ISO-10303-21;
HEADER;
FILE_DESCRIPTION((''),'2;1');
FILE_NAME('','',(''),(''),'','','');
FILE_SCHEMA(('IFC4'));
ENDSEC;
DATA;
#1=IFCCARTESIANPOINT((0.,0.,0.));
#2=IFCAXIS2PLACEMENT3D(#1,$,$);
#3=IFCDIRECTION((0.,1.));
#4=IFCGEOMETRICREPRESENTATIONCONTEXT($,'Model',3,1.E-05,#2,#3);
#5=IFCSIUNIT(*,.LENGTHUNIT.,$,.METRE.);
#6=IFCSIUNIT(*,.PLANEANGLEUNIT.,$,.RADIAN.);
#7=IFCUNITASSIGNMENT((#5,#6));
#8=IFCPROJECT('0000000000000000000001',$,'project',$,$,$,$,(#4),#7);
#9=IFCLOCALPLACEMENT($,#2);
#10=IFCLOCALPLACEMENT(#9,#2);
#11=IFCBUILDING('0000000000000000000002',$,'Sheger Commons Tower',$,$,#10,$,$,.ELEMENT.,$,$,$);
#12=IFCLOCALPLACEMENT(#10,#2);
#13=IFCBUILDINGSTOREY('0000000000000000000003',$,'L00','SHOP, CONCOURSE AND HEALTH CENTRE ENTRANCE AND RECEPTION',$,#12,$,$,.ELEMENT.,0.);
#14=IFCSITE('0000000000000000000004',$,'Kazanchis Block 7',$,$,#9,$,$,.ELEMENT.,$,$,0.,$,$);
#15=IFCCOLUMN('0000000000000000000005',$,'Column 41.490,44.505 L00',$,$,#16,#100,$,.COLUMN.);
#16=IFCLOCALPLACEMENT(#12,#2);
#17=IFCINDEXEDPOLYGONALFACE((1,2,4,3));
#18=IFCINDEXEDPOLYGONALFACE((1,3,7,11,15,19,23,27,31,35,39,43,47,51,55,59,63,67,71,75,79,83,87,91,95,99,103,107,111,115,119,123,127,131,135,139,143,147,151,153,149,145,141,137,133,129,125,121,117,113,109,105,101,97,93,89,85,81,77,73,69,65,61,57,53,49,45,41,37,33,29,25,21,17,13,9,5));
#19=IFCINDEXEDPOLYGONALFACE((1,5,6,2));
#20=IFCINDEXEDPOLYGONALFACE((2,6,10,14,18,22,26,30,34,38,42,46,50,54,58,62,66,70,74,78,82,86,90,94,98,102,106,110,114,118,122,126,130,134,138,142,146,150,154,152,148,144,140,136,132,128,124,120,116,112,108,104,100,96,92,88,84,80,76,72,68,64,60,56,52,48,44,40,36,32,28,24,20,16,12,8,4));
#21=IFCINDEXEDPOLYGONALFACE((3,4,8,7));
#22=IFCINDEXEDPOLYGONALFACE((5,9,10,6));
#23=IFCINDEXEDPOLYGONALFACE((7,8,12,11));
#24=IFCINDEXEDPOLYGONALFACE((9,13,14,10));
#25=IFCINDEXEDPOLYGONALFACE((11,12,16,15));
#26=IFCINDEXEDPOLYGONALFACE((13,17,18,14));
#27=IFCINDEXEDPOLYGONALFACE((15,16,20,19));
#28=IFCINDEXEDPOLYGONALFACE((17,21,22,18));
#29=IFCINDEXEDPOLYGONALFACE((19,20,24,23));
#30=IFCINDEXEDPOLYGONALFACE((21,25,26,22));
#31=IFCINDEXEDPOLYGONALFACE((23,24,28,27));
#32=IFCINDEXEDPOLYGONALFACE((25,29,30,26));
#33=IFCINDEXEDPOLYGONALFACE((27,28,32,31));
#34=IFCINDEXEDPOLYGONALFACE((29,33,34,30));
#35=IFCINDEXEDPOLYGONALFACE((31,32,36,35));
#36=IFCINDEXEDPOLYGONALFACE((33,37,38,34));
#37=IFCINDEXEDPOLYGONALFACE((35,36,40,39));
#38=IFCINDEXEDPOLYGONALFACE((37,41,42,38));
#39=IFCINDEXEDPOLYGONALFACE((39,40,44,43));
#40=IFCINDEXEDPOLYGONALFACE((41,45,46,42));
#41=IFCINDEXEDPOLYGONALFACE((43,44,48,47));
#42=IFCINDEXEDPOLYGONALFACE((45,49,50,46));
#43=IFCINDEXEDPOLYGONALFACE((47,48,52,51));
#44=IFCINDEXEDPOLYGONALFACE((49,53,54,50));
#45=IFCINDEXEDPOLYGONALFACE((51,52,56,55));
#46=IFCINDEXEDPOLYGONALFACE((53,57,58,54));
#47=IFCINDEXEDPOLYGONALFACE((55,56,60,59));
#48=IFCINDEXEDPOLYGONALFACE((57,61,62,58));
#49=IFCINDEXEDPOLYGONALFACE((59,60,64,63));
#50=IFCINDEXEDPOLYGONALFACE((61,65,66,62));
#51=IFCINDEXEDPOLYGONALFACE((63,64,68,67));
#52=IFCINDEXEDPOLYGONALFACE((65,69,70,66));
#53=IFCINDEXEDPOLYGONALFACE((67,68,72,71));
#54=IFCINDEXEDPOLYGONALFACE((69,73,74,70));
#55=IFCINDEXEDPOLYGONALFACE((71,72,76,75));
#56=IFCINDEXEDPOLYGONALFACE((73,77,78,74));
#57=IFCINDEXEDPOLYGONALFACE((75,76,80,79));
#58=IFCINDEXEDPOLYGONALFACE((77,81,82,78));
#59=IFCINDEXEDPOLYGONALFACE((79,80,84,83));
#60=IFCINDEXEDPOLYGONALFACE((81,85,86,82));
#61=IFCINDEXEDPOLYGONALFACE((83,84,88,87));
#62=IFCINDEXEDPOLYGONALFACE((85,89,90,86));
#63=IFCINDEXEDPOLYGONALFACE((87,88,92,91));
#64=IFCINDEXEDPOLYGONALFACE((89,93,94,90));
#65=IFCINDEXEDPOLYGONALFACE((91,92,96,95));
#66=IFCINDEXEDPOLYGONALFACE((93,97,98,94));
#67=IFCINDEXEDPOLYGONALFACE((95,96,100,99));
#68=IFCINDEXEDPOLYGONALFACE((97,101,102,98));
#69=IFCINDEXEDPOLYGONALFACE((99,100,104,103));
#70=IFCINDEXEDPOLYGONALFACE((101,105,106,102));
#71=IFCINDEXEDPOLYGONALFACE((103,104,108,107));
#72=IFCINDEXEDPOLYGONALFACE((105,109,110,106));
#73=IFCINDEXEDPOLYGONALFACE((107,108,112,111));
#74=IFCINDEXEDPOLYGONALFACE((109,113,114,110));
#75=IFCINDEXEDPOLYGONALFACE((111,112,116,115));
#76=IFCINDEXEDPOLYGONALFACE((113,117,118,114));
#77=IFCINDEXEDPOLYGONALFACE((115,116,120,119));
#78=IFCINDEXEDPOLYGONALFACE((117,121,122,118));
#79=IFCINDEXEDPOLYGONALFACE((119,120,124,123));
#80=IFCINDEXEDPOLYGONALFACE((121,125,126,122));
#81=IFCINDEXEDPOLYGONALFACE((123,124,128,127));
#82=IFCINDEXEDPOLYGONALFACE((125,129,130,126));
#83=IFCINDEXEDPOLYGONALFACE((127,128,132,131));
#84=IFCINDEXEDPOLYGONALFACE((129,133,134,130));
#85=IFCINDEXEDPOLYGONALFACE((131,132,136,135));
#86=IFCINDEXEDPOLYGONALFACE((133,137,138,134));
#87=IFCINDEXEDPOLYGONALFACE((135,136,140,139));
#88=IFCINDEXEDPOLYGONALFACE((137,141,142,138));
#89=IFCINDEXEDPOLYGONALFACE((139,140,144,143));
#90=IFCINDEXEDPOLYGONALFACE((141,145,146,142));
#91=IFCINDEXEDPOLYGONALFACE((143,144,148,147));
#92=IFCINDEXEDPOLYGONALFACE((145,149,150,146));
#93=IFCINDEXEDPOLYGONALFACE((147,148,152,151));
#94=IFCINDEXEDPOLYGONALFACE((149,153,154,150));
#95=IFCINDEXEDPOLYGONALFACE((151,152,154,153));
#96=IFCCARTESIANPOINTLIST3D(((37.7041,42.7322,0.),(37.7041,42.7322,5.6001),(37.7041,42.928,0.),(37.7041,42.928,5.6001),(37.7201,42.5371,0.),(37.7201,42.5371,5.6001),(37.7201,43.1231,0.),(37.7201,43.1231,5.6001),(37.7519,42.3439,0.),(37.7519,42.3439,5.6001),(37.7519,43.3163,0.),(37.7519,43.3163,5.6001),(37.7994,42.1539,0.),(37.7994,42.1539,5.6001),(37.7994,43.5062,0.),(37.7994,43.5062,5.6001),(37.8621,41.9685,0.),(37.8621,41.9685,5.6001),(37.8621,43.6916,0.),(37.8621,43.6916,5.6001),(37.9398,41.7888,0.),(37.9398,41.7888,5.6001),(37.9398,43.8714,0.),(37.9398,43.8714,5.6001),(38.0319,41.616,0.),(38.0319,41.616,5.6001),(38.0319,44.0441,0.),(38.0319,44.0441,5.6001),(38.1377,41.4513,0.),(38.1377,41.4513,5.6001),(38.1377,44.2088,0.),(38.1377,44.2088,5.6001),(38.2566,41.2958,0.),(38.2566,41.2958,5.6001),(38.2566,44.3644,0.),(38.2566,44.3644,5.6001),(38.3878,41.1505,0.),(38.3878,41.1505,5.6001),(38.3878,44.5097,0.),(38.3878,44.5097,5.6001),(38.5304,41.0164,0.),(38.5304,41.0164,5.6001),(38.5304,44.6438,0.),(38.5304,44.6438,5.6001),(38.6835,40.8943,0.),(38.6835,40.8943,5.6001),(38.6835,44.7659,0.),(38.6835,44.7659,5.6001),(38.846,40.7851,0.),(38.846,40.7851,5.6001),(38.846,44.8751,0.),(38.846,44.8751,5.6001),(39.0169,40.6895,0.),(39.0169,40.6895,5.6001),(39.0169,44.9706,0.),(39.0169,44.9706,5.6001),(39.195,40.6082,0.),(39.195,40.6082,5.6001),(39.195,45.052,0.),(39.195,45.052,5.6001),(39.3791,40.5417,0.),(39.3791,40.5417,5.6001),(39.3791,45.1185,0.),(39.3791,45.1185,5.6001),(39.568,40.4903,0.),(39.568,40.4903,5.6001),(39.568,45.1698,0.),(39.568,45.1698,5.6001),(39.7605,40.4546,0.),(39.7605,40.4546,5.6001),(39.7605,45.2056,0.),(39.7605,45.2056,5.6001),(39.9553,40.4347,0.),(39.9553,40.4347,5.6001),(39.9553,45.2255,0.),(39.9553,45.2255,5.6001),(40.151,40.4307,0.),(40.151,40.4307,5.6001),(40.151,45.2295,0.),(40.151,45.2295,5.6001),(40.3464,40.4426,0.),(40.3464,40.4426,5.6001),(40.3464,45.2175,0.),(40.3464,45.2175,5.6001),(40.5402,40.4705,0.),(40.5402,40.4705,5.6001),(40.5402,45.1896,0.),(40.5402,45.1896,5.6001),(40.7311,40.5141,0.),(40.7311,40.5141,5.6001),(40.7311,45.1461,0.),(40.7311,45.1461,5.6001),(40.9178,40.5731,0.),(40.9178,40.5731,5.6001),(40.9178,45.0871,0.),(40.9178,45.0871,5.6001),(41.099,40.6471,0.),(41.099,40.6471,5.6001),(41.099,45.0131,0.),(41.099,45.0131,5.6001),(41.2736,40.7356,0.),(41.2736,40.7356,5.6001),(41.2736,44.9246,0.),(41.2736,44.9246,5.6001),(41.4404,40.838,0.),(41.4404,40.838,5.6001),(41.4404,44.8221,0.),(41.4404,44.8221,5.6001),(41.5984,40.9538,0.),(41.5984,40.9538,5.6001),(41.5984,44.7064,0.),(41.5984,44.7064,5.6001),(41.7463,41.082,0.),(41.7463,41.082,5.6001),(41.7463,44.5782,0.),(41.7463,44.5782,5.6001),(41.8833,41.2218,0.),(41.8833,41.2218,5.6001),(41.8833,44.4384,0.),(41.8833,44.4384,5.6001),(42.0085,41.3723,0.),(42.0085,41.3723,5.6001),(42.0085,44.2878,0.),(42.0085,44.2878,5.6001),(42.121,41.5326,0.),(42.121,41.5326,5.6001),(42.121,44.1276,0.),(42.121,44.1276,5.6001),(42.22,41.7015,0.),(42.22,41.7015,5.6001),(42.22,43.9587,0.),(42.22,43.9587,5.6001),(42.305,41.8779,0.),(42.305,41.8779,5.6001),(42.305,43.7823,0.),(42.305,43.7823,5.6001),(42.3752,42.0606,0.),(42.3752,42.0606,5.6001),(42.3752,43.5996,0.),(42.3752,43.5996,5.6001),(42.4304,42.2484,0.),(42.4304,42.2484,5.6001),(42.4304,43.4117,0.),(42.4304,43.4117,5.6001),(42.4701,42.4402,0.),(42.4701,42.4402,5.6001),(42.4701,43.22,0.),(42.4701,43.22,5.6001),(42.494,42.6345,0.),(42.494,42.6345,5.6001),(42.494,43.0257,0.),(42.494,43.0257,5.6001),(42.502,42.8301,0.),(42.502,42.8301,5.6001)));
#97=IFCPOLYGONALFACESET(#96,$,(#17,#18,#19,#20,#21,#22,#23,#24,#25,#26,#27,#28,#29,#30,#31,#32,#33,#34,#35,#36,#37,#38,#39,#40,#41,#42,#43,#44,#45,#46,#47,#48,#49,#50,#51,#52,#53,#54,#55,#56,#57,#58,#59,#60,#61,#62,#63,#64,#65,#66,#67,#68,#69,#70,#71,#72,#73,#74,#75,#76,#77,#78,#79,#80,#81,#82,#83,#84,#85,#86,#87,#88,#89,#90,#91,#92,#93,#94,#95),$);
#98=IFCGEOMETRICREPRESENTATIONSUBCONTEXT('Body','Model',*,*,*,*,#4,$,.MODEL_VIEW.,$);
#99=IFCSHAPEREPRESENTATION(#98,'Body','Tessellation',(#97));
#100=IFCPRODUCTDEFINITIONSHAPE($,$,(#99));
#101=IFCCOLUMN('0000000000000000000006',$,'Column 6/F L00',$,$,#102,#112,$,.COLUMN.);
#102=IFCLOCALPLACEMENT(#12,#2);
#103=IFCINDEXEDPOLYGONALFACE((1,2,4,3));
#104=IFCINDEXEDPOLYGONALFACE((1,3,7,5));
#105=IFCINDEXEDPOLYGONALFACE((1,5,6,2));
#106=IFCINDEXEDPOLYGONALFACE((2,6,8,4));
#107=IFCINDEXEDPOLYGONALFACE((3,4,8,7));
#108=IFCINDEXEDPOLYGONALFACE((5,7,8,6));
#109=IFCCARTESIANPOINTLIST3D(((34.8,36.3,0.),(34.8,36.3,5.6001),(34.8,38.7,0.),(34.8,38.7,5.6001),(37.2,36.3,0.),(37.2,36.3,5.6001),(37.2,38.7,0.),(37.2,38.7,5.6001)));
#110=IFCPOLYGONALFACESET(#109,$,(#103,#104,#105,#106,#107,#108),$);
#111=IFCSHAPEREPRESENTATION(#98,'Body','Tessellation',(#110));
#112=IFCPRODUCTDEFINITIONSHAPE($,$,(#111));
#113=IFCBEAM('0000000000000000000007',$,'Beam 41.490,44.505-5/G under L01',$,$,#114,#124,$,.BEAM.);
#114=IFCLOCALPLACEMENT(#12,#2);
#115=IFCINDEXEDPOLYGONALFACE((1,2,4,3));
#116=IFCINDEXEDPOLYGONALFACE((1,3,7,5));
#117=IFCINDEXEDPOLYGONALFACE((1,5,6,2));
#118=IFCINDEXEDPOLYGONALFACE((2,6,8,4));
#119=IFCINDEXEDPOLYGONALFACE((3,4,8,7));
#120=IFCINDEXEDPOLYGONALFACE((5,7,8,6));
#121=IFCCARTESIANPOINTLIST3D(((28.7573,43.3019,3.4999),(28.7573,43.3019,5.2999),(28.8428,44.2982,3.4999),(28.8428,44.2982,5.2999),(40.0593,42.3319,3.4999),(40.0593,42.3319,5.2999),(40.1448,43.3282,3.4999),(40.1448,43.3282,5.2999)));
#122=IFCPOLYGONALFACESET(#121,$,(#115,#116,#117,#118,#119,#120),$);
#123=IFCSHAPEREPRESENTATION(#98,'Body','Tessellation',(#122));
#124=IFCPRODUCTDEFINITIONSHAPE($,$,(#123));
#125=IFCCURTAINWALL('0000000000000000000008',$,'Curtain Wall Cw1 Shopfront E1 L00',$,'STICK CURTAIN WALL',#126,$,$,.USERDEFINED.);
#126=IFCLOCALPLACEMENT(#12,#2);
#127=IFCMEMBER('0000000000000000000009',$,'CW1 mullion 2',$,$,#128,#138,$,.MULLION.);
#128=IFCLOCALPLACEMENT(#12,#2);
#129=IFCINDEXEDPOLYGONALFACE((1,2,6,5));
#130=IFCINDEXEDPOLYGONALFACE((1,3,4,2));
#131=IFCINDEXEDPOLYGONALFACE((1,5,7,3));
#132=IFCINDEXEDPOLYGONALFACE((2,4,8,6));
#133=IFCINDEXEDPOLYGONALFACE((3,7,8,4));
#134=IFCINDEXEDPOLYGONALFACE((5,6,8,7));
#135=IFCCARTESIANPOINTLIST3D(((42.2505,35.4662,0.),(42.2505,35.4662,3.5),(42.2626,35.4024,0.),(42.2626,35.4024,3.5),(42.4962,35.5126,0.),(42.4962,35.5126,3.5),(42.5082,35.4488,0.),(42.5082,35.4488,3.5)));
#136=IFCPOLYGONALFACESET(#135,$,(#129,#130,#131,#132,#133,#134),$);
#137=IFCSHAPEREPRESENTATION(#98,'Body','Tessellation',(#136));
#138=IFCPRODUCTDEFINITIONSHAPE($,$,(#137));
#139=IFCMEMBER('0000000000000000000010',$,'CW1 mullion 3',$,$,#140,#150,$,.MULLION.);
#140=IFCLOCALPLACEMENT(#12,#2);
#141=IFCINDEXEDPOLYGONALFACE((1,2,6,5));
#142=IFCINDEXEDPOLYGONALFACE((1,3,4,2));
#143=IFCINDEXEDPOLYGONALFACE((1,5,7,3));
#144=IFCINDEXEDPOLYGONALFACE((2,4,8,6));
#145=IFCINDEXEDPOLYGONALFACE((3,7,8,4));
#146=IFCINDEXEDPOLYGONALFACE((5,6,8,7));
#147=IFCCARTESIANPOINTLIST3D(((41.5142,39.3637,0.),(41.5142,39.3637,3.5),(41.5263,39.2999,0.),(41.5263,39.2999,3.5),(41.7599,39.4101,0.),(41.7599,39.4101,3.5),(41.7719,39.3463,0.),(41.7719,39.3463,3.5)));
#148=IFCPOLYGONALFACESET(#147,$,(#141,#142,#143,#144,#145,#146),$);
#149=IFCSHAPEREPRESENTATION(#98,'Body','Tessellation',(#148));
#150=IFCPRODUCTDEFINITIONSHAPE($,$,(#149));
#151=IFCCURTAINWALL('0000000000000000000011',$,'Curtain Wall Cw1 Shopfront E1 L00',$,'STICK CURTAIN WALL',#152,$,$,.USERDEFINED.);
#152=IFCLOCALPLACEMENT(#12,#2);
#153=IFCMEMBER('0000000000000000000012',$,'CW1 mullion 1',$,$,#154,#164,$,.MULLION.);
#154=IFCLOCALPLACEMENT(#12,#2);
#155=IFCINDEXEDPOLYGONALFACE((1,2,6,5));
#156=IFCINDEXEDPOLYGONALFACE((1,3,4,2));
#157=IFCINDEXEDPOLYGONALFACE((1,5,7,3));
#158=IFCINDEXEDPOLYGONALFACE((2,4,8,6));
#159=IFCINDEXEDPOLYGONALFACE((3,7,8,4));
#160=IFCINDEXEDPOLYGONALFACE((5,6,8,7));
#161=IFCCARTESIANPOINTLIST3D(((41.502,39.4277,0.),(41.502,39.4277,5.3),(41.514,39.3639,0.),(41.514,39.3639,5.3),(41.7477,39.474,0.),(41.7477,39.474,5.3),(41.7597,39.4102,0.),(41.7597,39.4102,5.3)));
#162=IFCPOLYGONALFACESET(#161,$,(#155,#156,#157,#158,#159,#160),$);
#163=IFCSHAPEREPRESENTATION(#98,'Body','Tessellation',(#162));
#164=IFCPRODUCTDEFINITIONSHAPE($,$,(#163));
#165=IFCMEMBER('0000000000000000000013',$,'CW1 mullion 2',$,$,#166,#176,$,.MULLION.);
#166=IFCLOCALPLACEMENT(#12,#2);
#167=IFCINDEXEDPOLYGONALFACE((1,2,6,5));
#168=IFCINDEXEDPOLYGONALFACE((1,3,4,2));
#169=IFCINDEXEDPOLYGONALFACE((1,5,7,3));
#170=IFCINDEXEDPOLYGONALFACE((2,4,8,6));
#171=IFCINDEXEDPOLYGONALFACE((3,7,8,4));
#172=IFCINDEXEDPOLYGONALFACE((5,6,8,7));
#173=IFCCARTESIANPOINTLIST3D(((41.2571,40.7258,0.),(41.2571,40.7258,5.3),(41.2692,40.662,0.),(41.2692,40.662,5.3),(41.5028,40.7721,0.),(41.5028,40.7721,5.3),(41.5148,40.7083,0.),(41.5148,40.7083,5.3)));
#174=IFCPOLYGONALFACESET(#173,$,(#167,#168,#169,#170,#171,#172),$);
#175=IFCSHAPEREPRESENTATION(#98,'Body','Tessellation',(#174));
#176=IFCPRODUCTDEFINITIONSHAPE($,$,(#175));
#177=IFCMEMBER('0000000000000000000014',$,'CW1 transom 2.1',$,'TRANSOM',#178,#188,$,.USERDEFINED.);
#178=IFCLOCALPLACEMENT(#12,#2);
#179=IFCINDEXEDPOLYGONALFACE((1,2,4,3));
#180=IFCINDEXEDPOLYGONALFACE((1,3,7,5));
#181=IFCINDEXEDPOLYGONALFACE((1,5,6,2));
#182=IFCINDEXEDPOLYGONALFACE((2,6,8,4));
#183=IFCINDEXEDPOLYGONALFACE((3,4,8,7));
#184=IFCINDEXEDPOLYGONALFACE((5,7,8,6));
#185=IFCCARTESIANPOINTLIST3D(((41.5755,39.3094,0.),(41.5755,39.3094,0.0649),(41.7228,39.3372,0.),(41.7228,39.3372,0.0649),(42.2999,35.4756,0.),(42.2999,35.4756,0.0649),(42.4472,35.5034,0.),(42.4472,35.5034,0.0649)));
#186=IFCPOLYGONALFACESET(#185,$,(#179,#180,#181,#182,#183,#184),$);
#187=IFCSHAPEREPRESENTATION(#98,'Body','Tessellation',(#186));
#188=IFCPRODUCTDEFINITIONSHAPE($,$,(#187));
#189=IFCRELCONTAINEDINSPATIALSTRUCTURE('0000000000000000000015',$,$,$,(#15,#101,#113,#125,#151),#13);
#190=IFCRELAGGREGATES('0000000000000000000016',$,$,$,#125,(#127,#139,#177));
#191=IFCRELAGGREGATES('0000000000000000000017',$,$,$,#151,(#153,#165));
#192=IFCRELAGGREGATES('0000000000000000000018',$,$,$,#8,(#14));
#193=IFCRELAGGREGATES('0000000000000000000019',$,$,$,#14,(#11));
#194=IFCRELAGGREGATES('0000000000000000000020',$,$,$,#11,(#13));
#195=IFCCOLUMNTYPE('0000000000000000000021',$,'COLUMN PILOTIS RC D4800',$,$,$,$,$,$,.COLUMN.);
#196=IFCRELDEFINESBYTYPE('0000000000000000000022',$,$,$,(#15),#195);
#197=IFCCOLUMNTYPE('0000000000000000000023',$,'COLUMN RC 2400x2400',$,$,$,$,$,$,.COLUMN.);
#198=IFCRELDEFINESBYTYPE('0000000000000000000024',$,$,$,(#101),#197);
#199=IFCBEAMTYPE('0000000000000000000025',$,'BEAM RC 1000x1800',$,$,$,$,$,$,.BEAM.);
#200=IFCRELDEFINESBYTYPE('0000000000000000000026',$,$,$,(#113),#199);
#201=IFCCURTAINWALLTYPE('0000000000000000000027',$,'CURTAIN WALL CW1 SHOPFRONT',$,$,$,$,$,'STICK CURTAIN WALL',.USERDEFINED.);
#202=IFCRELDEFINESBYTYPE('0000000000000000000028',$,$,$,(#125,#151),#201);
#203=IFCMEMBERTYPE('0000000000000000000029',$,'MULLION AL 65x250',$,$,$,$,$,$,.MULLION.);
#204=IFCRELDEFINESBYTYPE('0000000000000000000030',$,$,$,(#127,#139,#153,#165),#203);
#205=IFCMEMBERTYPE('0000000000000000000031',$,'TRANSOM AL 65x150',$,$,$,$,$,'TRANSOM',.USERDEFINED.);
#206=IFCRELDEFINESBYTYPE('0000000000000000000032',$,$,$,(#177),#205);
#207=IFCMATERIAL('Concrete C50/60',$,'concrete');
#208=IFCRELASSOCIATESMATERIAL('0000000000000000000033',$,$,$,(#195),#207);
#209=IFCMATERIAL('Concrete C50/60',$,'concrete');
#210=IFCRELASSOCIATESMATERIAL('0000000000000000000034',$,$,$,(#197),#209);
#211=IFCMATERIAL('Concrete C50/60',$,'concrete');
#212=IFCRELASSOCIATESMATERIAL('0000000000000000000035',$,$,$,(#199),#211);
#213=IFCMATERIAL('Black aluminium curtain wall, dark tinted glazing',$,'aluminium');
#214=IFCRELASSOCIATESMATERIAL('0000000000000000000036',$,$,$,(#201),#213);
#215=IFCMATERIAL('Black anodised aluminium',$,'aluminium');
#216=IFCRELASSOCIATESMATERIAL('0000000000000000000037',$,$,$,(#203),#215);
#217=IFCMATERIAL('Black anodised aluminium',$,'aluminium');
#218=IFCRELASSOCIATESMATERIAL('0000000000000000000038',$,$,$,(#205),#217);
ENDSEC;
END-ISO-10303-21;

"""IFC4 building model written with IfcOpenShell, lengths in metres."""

from ifc_helpers import new_model, si_unit, direction, frame, origin, origin_2d, place, context, subcontext, project, spatial, rectangle, circle, extrude, material, material_profile, profile_set, type_object, element, aggregate, save


model = new_model("IFC4")

# Units and contexts
model_context = context("Model", 3, precision=1e-05, world=origin(), true_north=direction((0.0, 1.0)))
body_context = subcontext(model_context, "Body", "Model", "MODEL_VIEW")
ifc_project = project(units=[si_unit("LENGTHUNIT", "METRE"), si_unit("PLANEANGLEUNIT", "RADIAN")], contexts=[model_context])

# Site, building, storey
site_placement = place(None, origin())
site = spatial("IfcSite", under=ifc_project, at=site_placement, Name="Kazanchis Block 7", CompositionType="ELEMENT", RefElevation=0.0)
building_placement = place(site_placement, origin())
building = spatial("IfcBuilding", under=site, at=building_placement, Name="Sheger Commons Tower", CompositionType="ELEMENT")
storey_placement = place(building_placement, origin())
storey = spatial("IfcBuildingStorey", under=building, at=storey_placement, Name="L00", Description="SHOP, CONCOURSE AND HEALTH CENTRE ENTRANCE AND RECEPTION", CompositionType="ELEMENT", Elevation=0.0)

# Columns
ifc_material_1 = material(Name="Concrete C50/60", Category="concrete")
ifc_material_profile_1 = material_profile(ifc_material_1, circle(Radius=2.3999, at=origin_2d()), Name="RC D4800")
ifc_profile_set_1 = profile_set([ifc_material_profile_1], Name="Concrete C50/60")
column_type_1 = type_object("IfcColumnType", Name="COLUMN PILOTIS RC D4800", PredefinedType="COLUMN", material=ifc_profile_set_1)
column_1_placement = place(storey_placement, frame((40.1021, 42.8301, 0.0), z_axis=(0.0, 0.0, 1.0), x_axis=(1.0, 0.0, 0.0)))
element("IfcColumn", 1, at=column_1_placement, inside=storey, type_object=column_type_1, Name="Column 41.490,44.505 L00", PredefinedType="COLUMN", context=body_context, shape_type="SweptSolid", body=[
    extrude(circle(Radius=2.3999, at=origin_2d()), origin(), (0.0, 0.0, 1.0), 5.6001),
])
ifc_material_2 = material(Name="Concrete C50/60", Category="concrete")
ifc_material_profile_2 = material_profile(ifc_material_2, rectangle(XDim=2.3999, YDim=2.3999, at=origin_2d()), Name="RC 2400x2400")
ifc_profile_set_2 = profile_set([ifc_material_profile_2], Name="Concrete C50/60")
column_type_2 = type_object("IfcColumnType", Name="COLUMN RC 2400x2400", PredefinedType="COLUMN", material=ifc_profile_set_2)
column_2_placement = place(storey_placement, frame((36.0, 37.5, 0.0), z_axis=(0.0, 0.0, 1.0), x_axis=(1.0, 0.0, 0.0)))
element("IfcColumn", 2, at=column_2_placement, inside=storey, type_object=column_type_2, Name="Column 6/F L00", PredefinedType="COLUMN", context=body_context, shape_type="SweptSolid", body=[
    extrude(rectangle(XDim=2.3999, YDim=2.3999, at=origin_2d()), origin(), (0.0, 0.0, 1.0), 5.6001),
])

# Beam
ifc_material_3 = material(Name="Concrete C50/60", Category="concrete")
ifc_material_profile_3 = material_profile(ifc_material_3, rectangle(XDim=1.0, YDim=1.8, at=origin_2d()), Name="RC 1000x1800")
ifc_profile_set_3 = profile_set([ifc_material_profile_3], Name="Concrete C50/60")
beam_type = type_object("IfcBeamType", Name="BEAM RC 1000x1800", PredefinedType="BEAM", material=ifc_profile_set_3)
beam_placement = place(storey_placement, frame((40.1021, 42.8301, 4.3999), z_axis=(-0.996337, 0.085509, 0.0), x_axis=(-0.085509, -0.996337, 0.0)))
element("IfcBeam", 3, at=beam_placement, inside=storey, type_object=beam_type, Name="Beam 41.490,44.505-5/G under L01", PredefinedType="BEAM", context=body_context, shape_type="SweptSolid", body=[
    extrude(rectangle(XDim=1.0, YDim=1.8, at=origin_2d()), origin(), (0.0, 0.0, 1.0), 11.3435),
])

# Curtain walls, members
ifc_material_4 = material(Name="Black aluminium curtain wall, dark tinted glazing", Category="aluminium")
curtain_wall_type = type_object("IfcCurtainWallType", Name="CURTAIN WALL CW1 SHOPFRONT", ElementType="STICK CURTAIN WALL", PredefinedType="USERDEFINED", material=ifc_material_4)
curtain_wall_1_placement = place(storey_placement, origin())
curtain_wall_1 = element("IfcCurtainWall", 4, at=curtain_wall_1_placement, inside=storey, type_object=curtain_wall_type, Name="Curtain Wall Cw1 Shopfront E1 L00", ObjectType="STICK CURTAIN WALL", PredefinedType="USERDEFINED")
ifc_material_5 = material(Name="Black anodised aluminium", Category="aluminium")
ifc_material_profile_4 = material_profile(ifc_material_5, rectangle(XDim=0.25, YDim=0.0649, at=origin_2d()), Name="AL 65x250")
ifc_profile_set_4 = profile_set([ifc_material_profile_4], Name="Black anodised aluminium")
member_type_1 = type_object("IfcMemberType", Name="MULLION AL 65x250", PredefinedType="MULLION", material=ifc_profile_set_4)
member_1_placement = place(storey_placement, frame((42.3794, 35.4575, 0.0), z_axis=(0.0, 0.0, 1.0), x_axis=(-0.982612, -0.18567, 0.0)))
member_1 = element("IfcMember", 5, at=member_1_placement, type_object=member_type_1, Name="CW1 mullion 2", PredefinedType="MULLION", context=body_context, shape_type="SweptSolid", body=[
    extrude(rectangle(XDim=0.25, YDim=0.0649, at=origin_2d()), origin(), (0.0, 0.0, 1.0), 3.5),
])
member_2_placement = place(storey_placement, frame((41.6431, 39.355, 0.0), z_axis=(0.0, 0.0, 1.0), x_axis=(-0.982612, -0.18567, 0.0)))
member_2 = element("IfcMember", 6, at=member_2_placement, type_object=member_type_1, Name="CW1 mullion 3", PredefinedType="MULLION", context=body_context, shape_type="SweptSolid", body=[
    extrude(rectangle(XDim=0.25, YDim=0.0649, at=origin_2d()), origin(), (0.0, 0.0, 1.0), 3.5),
])
curtain_wall_2_placement = place(storey_placement, origin())
curtain_wall_2 = element("IfcCurtainWall", 7, at=curtain_wall_2_placement, inside=storey, type_object=curtain_wall_type, Name="Curtain Wall Cw1 Shopfront E1 L00", ObjectType="STICK CURTAIN WALL", PredefinedType="USERDEFINED")
member_3_placement = place(storey_placement, frame((41.6309, 39.4189, 0.0), z_axis=(0.0, 0.0, 1.0), x_axis=(-0.982659, -0.185421, 0.0)))
member_3 = element("IfcMember", 8, at=member_3_placement, type_object=member_type_1, Name="CW1 mullion 1", PredefinedType="MULLION", context=body_context, shape_type="SweptSolid", body=[
    extrude(rectangle(XDim=0.25, YDim=0.0649, at=origin_2d()), origin(), (0.0, 0.0, 1.0), 5.3),
])
member_4_placement = place(storey_placement, frame((41.386, 40.717, 0.0), z_axis=(0.0, 0.0, 1.0), x_axis=(-0.982659, -0.185421, 0.0)))
member_4 = element("IfcMember", 9, at=member_4_placement, type_object=member_type_1, Name="CW1 mullion 2", PredefinedType="MULLION", context=body_context, shape_type="SweptSolid", body=[
    extrude(rectangle(XDim=0.25, YDim=0.0649, at=origin_2d()), origin(), (0.0, 0.0, 1.0), 5.3),
])

# Member
ifc_material_6 = material(Name="Black anodised aluminium", Category="aluminium")
ifc_material_profile_5 = material_profile(ifc_material_6, rectangle(XDim=0.1499, YDim=0.0649, at=origin_2d()), Name="AL 65x150")
ifc_profile_set_5 = profile_set([ifc_material_profile_5], Name="Black anodised aluminium")
member_type_2 = type_object("IfcMemberType", Name="TRANSOM AL 65x150", ElementType="TRANSOM", PredefinedType="USERDEFINED", material=ifc_profile_set_5)
member_5_placement = place(storey_placement, frame((42.3735, 35.4895, 0.0325), z_axis=(-0.18566, 0.982614, 0.0), x_axis=(-0.982614, -0.18566, 0.0)))
member_5 = element("IfcMember", 10, at=member_5_placement, type_object=member_type_2, Name="CW1 transom 2.1", ObjectType="TRANSOM", PredefinedType="USERDEFINED", context=body_context, shape_type="SweptSolid", body=[
    extrude(rectangle(XDim=0.1499, YDim=0.0649, at=origin_2d()), origin(), (0.0, 0.0, 1.0), 3.9016),
])

aggregate(curtain_wall_1, [member_1, member_2, member_5])
aggregate(curtain_wall_2, [member_3, member_4])

save(model, "model.ifc")
